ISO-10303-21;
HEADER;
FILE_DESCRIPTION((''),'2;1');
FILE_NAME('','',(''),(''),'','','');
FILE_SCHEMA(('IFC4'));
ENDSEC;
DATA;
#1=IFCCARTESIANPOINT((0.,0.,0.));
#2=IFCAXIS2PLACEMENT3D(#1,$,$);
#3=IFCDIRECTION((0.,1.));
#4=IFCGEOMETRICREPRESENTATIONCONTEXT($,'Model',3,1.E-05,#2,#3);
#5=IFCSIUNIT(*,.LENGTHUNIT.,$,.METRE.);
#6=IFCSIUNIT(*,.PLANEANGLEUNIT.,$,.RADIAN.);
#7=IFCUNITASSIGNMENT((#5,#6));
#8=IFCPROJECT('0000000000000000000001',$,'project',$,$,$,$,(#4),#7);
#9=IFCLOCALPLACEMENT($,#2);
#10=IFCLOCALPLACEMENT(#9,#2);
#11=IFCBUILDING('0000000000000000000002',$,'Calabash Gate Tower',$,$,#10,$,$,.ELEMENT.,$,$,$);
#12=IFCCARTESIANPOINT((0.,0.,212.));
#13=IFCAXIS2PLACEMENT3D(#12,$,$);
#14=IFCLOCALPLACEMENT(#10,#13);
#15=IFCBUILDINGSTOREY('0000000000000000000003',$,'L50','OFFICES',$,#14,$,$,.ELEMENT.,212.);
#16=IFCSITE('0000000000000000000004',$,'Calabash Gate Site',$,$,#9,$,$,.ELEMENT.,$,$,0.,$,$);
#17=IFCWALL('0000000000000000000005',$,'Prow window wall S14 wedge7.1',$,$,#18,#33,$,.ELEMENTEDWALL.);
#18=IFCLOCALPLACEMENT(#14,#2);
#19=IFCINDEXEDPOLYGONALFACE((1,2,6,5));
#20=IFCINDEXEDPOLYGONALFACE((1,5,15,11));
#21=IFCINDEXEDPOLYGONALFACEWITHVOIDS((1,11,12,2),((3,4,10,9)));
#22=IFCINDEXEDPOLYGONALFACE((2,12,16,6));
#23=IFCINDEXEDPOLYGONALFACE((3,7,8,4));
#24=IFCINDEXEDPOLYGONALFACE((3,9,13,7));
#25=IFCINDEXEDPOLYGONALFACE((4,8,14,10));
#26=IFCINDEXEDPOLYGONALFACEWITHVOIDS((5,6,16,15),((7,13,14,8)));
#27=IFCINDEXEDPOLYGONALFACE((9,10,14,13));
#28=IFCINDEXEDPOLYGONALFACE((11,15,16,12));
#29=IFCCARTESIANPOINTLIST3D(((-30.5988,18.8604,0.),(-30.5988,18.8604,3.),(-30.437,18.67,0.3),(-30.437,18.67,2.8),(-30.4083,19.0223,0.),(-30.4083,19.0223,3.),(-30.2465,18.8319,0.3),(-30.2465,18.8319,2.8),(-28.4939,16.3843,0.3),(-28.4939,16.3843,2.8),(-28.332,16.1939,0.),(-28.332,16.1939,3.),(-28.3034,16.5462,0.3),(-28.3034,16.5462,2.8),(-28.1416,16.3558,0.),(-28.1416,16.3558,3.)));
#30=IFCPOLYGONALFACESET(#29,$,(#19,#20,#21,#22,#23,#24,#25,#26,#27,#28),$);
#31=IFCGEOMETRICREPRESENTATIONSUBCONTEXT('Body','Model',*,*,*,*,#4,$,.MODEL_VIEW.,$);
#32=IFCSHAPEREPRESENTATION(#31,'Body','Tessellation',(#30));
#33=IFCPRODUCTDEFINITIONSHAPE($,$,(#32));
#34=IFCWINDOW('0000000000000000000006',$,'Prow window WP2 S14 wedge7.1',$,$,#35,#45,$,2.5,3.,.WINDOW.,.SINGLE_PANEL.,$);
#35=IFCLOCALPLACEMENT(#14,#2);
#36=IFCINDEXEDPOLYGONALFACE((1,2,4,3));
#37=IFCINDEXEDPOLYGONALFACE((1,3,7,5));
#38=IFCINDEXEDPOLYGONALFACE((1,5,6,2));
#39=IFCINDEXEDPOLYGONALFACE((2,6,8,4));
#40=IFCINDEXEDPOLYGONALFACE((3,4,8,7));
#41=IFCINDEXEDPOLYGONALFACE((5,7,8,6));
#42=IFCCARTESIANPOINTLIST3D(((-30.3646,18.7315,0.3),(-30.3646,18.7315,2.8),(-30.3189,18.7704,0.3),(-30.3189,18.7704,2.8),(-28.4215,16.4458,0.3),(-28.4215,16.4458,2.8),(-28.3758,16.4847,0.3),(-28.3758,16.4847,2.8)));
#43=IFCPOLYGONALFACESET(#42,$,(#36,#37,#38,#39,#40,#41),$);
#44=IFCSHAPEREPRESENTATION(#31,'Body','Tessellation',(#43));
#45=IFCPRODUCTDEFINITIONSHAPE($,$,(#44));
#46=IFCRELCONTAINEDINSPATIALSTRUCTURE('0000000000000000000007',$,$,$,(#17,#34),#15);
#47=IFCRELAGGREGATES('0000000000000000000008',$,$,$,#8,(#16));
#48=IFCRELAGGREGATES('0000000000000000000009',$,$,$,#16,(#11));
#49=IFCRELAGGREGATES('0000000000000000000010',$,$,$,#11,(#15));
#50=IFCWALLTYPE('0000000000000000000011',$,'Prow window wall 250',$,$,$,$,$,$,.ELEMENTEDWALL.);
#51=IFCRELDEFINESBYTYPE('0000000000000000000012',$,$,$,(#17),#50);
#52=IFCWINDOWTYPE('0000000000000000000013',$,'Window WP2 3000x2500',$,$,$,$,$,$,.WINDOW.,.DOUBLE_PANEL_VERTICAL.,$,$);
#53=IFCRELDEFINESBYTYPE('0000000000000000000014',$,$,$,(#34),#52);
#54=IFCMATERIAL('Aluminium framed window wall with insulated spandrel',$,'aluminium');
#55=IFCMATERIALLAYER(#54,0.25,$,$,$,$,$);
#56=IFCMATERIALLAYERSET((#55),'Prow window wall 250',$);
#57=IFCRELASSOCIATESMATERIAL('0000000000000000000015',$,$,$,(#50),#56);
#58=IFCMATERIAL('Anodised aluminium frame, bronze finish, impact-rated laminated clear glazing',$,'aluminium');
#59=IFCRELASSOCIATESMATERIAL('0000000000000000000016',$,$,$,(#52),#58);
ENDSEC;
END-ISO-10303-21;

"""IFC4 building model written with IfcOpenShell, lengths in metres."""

from ifc_helpers import new_model, si_unit, direction, frame, frame_2d, origin, place, context, subcontext, project, spatial, rectangle, extrude, material, layer, layer_set, type_object, element, fill, save


model = new_model("IFC4")

# Units and contexts
model_context = context("Model", 3, precision=1e-05, world=origin(), true_north=direction((0.0, 1.0)))
body_context = subcontext(model_context, "Body", "Model", "MODEL_VIEW")
ifc_project = project(units=[si_unit("LENGTHUNIT", "METRE"), si_unit("PLANEANGLEUNIT", "RADIAN")], contexts=[model_context])

# Site, building, storey
site_placement = place(None, origin())
site = spatial("IfcSite", under=ifc_project, at=site_placement, Name="Calabash Gate Site", CompositionType="ELEMENT", RefElevation=0.0)
building_placement = place(site_placement, origin())
building = spatial("IfcBuilding", under=site, at=building_placement, Name="Calabash Gate Tower", CompositionType="ELEMENT")
storey_placement = place(building_placement, frame((0.0, 0.0, 212.0)))
storey = spatial("IfcBuildingStorey", under=building, at=storey_placement, Name="L50", Description="OFFICES", CompositionType="ELEMENT", Elevation=212.0)

# Wall, opening, window
ifc_material_1 = material(Name="Aluminium framed window wall with insulated spandrel", Category="aluminium")
ifc_layer_1 = layer(ifc_material_1, 0.25)
ifc_layer_set_1 = layer_set([ifc_layer_1], Name="Prow window wall 250")
wall_type_1 = type_object("IfcWallType", Name="Prow window wall 250", PredefinedType="ELEMENTEDWALL", material=ifc_layer_set_1)
ifc_material_2 = material(Name="Anodised aluminium frame, bronze finish, impact-rated laminated clear glazing", Category="aluminium")
window_type = type_object("IfcWindowType", Name="Window WP2 3000x2500", PartitioningType="DOUBLE_PANEL_VERTICAL", PredefinedType="WINDOW", material=ifc_material_2)
wall_1_placement = place(storey_placement, frame((-30.5037, 18.9414, 0.0), z_axis=(0.0, 0.0, 1.0), x_axis=(0.647701, -0.761895, 0.0)))
wall_1 = element("IfcWall", 1, at=wall_1_placement, inside=storey, type_object=wall_type_1, Name="Prow window wall S14 wedge7.1", PredefinedType="ELEMENTEDWALL", context=body_context, shape_type="SweptSolid", body=[
    extrude(rectangle(XDim=3.4998, YDim=0.25, at=frame_2d((1.75, 0.0))), origin(), (0.0, 0.0, 1.0), 3.0),
])
opening_1_placement = place(wall_1_placement, frame((0.25, 0.0, 0.3)))
opening_1 = element("IfcOpeningElement", 2, at=opening_1_placement, cuts=wall_1, PredefinedType="OPENING", context=body_context, shape_type="SweptSolid", body=[
    extrude(rectangle(XDim=3.0, YDim=2.5, at=frame_2d((1.5, 1.25))), frame((0.0, 0.135, 0.0), z_axis=(0.0, -1.0, 0.0), x_axis=(1.0, 0.0, 0.0)), (0.0, 0.0, 1.0), 0.27),
])
window_1_placement = place(opening_1_placement, origin())
window_1 = element("IfcWindow", 3, at=window_1_placement, inside=storey, type_object=window_type, Name="Prow window WP2 S14 wedge7.1", OverallHeight=2.5, OverallWidth=3.0, PartitioningType="SINGLE_PANEL", PredefinedType="WINDOW", context=body_context, shape_type="SweptSolid", body=[
    extrude(rectangle(XDim=3.0, YDim=2.5, at=frame_2d((1.5, 1.25))), frame((0.0, 0.03, 0.0), z_axis=(0.0, -1.0, 0.0), x_axis=(1.0, 0.0, 0.0)), (0.0, 0.0, 1.0), 0.0601),
])
fill(opening_1, window_1)

save(model, "model.ifc")
